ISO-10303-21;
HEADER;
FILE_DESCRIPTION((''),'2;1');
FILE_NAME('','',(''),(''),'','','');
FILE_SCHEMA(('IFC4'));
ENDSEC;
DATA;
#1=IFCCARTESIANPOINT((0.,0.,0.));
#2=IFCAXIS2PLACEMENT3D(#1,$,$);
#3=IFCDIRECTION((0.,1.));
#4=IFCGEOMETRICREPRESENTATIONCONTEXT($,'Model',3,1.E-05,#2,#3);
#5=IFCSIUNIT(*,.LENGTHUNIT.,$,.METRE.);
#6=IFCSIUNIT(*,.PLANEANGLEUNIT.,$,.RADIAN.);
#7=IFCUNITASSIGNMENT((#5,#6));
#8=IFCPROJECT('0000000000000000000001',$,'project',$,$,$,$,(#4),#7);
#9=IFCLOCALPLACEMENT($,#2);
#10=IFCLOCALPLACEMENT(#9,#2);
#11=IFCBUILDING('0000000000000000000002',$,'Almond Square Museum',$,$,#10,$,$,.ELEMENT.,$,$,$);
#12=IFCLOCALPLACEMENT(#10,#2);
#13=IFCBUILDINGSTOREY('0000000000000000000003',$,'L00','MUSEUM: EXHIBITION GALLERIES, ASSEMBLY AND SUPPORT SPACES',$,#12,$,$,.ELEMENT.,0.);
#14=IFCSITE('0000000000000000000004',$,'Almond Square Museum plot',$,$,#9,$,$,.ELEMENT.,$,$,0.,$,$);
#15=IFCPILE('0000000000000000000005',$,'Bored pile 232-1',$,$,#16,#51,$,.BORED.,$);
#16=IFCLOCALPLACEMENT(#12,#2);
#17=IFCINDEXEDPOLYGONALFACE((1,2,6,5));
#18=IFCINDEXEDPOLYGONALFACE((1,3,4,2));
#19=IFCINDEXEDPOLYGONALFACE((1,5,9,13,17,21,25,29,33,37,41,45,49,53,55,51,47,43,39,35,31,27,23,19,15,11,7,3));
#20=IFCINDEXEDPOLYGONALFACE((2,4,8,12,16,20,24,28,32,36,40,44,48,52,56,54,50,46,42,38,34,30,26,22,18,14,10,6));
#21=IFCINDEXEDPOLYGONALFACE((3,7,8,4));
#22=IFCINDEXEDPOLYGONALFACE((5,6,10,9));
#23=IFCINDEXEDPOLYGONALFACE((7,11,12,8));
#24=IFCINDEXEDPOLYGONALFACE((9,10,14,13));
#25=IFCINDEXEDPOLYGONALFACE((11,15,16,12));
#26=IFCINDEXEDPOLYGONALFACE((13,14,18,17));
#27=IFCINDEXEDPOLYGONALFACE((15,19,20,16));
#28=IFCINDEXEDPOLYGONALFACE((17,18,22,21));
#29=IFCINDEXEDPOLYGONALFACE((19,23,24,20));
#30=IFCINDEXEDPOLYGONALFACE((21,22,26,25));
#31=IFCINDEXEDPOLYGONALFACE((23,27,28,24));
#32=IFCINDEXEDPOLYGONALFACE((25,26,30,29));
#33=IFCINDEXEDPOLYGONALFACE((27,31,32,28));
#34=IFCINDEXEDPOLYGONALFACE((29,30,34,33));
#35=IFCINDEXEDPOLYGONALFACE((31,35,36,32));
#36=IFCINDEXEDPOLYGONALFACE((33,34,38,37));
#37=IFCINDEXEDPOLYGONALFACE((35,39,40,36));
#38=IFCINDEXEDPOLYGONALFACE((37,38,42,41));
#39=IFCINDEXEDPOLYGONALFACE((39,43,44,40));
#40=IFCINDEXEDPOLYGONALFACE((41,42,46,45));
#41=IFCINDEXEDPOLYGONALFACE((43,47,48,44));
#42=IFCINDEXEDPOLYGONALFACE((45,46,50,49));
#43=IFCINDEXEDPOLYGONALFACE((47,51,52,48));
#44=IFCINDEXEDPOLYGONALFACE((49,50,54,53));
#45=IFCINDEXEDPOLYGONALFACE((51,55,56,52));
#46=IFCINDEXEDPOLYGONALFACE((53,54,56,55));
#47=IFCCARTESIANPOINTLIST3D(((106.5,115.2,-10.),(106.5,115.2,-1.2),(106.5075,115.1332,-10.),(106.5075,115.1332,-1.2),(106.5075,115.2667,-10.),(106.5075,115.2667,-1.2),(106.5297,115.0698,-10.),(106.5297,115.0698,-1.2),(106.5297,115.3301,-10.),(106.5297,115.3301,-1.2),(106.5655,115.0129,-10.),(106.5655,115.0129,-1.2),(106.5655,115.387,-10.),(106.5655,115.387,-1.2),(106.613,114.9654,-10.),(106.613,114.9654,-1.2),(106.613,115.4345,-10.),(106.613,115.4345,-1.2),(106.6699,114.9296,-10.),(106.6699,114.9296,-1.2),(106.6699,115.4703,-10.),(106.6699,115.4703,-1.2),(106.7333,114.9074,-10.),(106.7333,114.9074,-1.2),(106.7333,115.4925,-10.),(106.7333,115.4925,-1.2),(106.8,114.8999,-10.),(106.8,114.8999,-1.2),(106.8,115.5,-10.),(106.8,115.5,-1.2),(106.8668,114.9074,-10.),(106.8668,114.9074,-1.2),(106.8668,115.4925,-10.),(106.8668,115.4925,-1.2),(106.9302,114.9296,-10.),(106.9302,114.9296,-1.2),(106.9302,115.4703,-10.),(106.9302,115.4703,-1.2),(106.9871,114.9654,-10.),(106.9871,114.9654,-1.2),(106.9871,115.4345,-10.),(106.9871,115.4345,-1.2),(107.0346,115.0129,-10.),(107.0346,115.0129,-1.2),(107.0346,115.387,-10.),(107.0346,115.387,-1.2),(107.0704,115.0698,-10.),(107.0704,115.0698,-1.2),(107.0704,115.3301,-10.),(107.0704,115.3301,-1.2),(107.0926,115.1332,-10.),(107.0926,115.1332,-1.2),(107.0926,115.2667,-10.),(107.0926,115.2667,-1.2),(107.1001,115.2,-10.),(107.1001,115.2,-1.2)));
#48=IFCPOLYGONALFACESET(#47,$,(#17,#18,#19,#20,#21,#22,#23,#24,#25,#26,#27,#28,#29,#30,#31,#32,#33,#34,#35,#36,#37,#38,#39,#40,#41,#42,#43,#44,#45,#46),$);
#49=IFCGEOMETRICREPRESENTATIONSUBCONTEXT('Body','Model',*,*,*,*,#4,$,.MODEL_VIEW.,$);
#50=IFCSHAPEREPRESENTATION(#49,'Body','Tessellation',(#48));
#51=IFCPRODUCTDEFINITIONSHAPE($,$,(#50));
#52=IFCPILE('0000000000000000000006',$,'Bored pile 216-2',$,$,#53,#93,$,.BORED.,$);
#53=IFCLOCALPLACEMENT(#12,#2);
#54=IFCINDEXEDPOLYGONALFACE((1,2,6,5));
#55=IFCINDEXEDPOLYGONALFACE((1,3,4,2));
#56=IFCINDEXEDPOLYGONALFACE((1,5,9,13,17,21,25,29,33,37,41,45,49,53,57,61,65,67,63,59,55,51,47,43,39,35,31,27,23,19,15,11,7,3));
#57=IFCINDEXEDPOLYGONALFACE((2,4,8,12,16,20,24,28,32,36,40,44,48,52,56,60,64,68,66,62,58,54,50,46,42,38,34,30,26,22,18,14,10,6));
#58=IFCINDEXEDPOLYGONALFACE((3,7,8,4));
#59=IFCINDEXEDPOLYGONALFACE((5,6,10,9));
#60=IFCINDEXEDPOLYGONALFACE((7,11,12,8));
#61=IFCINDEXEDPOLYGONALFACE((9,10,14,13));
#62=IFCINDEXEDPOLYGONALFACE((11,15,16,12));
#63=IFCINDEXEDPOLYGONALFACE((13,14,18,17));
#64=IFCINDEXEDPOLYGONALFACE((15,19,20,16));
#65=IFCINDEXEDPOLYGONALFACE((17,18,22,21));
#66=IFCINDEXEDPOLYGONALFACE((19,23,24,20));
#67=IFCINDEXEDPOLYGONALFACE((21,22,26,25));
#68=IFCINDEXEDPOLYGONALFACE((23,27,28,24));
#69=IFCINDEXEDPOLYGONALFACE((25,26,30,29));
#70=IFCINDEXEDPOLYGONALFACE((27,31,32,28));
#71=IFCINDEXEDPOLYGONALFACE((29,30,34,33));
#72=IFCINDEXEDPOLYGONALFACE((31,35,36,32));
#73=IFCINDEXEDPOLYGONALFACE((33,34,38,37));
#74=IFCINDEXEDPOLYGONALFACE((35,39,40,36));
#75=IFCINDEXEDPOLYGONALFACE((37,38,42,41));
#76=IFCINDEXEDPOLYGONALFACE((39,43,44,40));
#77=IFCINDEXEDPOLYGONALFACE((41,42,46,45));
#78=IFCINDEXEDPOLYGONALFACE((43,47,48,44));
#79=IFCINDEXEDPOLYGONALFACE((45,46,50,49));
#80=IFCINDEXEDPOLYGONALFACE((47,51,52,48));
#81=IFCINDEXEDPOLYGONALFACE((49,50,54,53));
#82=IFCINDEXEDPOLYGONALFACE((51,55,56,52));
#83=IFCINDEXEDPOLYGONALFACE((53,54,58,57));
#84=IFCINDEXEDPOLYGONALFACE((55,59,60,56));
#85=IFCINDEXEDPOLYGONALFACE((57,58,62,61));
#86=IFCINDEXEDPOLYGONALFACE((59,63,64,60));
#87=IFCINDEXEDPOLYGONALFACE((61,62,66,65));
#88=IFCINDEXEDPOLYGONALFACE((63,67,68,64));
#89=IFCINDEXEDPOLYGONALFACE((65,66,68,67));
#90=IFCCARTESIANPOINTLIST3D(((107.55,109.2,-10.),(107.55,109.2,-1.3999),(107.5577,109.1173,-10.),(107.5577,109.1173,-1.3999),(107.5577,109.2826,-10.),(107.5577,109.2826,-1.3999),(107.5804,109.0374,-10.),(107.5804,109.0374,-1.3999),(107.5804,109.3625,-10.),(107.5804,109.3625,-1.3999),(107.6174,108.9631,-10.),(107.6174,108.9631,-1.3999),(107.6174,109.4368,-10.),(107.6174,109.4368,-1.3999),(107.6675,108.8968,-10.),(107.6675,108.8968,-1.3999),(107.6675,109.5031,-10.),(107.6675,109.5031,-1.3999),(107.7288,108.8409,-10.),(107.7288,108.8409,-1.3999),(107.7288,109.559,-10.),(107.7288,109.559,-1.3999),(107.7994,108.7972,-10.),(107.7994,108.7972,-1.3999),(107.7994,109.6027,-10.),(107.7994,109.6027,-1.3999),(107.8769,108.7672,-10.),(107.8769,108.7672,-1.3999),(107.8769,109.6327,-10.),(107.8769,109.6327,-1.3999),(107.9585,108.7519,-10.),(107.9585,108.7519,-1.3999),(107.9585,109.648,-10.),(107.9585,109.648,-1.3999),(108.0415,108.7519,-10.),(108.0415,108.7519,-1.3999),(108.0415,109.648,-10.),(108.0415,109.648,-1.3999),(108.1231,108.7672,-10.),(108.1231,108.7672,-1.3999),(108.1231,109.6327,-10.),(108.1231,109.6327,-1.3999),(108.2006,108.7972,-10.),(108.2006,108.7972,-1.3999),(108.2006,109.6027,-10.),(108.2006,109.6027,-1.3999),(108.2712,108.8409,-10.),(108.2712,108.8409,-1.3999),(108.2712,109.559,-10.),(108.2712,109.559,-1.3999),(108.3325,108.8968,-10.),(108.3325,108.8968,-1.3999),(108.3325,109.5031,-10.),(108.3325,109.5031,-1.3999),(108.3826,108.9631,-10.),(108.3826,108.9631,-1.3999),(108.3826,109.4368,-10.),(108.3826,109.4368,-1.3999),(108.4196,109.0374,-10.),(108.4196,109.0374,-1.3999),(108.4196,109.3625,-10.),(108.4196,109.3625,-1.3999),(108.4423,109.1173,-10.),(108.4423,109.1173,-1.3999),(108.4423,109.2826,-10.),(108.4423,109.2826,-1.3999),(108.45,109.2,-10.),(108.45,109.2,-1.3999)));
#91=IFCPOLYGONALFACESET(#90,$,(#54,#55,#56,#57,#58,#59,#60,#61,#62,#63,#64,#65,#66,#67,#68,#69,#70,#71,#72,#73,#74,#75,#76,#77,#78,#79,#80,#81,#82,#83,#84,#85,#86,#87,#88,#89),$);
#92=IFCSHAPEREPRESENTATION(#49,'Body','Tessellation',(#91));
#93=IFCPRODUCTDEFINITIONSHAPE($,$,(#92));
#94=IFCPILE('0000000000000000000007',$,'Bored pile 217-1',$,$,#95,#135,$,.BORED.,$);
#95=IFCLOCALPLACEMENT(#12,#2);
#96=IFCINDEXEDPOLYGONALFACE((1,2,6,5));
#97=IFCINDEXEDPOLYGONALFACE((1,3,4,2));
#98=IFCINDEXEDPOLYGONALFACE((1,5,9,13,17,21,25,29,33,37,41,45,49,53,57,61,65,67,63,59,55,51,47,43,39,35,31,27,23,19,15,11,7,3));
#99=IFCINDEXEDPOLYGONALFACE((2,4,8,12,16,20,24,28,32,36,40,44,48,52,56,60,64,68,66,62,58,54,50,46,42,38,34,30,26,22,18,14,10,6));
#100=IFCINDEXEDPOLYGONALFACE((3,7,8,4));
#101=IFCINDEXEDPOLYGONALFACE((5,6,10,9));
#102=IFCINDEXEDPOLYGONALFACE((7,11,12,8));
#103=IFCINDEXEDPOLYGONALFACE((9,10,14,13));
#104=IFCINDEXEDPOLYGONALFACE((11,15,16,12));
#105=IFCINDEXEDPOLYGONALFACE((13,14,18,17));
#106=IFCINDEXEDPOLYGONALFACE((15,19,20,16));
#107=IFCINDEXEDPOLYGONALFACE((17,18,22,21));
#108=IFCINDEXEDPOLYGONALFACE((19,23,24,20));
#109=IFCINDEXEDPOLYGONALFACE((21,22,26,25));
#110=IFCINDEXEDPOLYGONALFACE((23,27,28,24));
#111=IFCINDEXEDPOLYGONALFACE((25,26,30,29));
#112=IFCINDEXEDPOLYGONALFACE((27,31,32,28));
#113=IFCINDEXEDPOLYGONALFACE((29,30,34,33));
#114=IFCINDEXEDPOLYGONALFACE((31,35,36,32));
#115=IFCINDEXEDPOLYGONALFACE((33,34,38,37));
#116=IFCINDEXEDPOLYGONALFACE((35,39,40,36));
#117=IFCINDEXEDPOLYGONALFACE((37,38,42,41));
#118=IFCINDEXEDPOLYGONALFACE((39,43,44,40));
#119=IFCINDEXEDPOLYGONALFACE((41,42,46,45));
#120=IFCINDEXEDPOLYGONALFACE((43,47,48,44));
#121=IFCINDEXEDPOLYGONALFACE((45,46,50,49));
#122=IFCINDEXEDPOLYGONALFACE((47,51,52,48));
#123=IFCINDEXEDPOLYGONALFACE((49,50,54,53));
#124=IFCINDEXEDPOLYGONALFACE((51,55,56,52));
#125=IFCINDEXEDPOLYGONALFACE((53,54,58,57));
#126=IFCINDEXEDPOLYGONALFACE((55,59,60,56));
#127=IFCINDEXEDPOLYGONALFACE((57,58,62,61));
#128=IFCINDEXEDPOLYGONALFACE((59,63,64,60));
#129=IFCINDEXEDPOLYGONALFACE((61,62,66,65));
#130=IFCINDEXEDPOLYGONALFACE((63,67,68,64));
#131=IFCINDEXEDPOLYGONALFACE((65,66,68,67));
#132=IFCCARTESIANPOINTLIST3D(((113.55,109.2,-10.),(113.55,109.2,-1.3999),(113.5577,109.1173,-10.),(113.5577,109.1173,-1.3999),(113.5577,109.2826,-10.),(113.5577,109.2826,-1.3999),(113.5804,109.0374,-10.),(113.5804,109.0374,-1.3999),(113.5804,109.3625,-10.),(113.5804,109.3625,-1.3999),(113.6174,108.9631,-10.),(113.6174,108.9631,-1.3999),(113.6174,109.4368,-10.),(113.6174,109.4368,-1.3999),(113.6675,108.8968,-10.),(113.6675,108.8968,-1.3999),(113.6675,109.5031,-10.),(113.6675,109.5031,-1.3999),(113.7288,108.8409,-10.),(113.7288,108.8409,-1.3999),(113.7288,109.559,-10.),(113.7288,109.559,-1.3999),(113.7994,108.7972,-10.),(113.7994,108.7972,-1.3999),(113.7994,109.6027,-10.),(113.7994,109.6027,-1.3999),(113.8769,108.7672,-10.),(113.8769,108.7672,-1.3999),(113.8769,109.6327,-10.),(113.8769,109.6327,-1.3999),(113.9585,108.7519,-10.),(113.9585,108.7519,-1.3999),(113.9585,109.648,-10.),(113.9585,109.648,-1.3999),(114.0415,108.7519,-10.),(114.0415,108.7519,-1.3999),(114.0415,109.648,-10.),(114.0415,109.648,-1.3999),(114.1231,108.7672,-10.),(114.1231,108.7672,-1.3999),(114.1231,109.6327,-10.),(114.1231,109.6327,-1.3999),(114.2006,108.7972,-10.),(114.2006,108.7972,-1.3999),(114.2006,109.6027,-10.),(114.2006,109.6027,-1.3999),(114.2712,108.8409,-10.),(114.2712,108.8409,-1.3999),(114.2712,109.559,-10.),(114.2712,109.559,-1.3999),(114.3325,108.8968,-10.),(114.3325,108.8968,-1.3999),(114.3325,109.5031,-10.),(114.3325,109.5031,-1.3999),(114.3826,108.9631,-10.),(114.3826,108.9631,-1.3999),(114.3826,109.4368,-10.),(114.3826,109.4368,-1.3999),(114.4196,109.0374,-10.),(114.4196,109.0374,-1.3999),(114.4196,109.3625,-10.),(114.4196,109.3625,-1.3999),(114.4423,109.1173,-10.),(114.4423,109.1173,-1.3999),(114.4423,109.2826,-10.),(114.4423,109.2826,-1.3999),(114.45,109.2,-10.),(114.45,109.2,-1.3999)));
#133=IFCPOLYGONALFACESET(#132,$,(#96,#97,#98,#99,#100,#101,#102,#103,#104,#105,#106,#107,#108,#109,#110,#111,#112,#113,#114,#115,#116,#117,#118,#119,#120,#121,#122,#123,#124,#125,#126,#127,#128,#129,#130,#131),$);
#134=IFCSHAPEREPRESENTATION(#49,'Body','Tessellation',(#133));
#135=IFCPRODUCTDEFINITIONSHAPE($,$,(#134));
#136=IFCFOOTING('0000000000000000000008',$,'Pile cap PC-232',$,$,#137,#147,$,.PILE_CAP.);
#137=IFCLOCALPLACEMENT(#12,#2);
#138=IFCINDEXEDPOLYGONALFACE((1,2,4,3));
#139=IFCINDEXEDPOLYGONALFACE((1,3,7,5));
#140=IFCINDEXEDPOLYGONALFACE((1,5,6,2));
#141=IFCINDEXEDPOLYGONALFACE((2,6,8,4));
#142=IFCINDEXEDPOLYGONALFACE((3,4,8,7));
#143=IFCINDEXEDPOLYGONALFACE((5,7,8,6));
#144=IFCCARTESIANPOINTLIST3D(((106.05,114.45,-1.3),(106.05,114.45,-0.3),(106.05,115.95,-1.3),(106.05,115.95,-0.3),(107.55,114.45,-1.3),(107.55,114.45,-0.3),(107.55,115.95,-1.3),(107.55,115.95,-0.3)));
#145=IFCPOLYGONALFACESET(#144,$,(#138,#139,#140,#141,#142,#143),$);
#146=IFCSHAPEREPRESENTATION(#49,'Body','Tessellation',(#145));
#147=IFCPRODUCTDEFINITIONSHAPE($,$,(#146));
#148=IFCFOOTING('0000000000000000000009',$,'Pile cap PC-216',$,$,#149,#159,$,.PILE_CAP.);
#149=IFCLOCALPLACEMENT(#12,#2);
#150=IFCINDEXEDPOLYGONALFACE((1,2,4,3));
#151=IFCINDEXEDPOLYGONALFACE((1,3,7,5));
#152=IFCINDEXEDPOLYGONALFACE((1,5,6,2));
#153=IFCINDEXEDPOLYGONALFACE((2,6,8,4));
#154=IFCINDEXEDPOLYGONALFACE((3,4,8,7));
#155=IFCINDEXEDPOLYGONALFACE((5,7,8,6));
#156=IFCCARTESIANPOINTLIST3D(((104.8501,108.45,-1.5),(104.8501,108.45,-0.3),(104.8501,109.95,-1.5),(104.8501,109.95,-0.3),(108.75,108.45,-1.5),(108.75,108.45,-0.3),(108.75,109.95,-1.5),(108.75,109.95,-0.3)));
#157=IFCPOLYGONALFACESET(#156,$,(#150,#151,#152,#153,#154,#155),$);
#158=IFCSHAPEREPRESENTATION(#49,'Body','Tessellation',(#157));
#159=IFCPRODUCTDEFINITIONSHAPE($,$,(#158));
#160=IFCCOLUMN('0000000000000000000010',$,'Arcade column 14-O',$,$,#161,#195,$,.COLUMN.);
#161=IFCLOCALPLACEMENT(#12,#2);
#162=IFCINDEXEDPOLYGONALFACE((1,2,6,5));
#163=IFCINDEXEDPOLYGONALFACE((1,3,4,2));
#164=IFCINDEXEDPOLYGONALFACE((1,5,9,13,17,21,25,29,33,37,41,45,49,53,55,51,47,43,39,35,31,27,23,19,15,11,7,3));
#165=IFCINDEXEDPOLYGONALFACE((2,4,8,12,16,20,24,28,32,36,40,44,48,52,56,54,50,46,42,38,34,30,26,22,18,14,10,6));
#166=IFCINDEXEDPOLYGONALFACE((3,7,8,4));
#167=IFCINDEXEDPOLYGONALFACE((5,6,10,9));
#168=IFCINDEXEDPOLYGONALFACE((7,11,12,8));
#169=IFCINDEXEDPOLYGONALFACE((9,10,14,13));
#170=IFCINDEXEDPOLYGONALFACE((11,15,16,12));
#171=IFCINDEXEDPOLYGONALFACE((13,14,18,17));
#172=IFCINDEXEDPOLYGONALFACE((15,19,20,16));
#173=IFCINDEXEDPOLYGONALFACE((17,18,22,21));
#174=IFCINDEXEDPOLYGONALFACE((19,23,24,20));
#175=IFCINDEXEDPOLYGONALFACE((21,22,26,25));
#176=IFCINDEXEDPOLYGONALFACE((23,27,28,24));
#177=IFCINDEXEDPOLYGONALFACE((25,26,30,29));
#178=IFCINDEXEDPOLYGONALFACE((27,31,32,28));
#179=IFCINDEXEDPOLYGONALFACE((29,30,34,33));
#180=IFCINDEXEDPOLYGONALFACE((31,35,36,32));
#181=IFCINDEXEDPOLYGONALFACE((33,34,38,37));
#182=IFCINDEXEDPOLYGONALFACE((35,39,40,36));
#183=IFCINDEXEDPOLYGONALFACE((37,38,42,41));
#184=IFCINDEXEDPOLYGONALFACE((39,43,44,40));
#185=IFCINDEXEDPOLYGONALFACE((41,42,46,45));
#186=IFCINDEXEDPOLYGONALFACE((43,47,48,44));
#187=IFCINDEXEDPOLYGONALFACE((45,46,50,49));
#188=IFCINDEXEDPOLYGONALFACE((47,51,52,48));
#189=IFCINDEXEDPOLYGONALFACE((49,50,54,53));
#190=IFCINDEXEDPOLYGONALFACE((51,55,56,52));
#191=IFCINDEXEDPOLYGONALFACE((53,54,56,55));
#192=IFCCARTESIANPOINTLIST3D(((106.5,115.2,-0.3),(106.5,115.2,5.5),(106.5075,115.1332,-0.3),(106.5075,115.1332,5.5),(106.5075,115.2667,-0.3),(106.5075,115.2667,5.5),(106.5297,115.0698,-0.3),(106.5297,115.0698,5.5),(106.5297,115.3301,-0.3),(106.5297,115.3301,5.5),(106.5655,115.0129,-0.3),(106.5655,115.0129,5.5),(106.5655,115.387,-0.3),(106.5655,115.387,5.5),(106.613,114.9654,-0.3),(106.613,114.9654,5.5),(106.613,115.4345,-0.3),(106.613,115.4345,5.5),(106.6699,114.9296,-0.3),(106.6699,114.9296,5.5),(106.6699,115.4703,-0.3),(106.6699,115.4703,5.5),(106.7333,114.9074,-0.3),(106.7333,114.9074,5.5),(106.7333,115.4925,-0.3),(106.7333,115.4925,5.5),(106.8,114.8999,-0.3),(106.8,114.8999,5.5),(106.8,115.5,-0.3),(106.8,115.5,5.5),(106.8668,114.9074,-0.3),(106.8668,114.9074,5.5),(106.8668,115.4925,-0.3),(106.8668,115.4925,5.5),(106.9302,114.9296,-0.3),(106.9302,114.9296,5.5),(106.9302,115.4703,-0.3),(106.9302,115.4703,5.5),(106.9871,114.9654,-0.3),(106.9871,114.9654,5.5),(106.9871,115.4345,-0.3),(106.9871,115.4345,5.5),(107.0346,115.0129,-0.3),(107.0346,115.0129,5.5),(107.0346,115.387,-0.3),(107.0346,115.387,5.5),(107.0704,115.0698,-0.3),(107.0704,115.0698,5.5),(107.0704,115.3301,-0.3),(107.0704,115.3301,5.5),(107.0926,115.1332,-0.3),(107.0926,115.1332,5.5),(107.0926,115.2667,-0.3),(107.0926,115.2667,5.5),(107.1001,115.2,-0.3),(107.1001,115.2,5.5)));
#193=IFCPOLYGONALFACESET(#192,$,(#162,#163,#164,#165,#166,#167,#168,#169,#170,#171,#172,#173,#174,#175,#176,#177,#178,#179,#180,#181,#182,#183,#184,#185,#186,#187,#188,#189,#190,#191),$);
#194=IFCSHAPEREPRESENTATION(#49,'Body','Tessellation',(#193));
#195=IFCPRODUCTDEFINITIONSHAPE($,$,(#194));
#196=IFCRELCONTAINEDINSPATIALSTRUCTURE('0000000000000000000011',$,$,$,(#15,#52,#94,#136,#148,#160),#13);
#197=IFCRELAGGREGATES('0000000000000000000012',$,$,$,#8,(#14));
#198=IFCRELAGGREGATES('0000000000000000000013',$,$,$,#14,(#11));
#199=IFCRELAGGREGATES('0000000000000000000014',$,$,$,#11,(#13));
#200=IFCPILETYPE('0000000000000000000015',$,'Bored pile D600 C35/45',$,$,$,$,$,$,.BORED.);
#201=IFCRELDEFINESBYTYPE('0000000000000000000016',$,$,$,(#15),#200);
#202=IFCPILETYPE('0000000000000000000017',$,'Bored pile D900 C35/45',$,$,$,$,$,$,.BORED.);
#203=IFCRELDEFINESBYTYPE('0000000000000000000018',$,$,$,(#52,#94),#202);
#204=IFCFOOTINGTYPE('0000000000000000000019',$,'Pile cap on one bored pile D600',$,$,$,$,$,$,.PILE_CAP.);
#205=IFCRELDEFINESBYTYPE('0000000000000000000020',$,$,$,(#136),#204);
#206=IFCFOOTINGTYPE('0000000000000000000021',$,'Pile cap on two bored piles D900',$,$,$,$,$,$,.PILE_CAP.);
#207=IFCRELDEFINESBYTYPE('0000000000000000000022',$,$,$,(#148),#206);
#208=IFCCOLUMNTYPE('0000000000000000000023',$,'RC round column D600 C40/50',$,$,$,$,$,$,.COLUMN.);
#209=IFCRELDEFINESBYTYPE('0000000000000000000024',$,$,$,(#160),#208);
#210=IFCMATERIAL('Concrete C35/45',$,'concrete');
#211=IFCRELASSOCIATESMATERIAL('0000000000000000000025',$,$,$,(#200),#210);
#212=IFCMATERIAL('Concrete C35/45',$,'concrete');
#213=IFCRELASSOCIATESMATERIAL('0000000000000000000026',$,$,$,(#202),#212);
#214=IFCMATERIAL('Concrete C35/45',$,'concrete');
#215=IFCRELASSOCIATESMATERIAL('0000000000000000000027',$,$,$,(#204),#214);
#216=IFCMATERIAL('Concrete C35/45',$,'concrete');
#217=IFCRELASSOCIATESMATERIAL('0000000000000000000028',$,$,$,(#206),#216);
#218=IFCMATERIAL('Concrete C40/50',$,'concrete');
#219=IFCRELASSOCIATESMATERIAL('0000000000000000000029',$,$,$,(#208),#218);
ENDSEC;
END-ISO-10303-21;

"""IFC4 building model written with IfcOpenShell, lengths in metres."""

from ifc_helpers import new_model, si_unit, direction, frame, origin, origin_2d, place, context, subcontext, project, spatial, rectangle, circle, extrude, material, material_profile, profile_set, type_object, element, save


model = new_model("IFC4")

# Units and contexts
model_context = context("Model", 3, precision=1e-05, world=origin(), true_north=direction((0.0, 1.0)))
body_context = subcontext(model_context, "Body", "Model", "MODEL_VIEW")
ifc_project = project(units=[si_unit("LENGTHUNIT", "METRE"), si_unit("PLANEANGLEUNIT", "RADIAN")], contexts=[model_context])

# Site, building, storey
site_placement = place(None, origin())
site = spatial("IfcSite", under=ifc_project, at=site_placement, Name="Almond Square Museum plot", CompositionType="ELEMENT", RefElevation=0.0)
building_placement = place(site_placement, origin())
building = spatial("IfcBuilding", under=site, at=building_placement, Name="Almond Square Museum", CompositionType="ELEMENT")
storey_placement = place(building_placement, origin())
storey = spatial("IfcBuildingStorey", under=building, at=storey_placement, Name="L00", Description="MUSEUM: EXHIBITION GALLERIES, ASSEMBLY AND SUPPORT SPACES", CompositionType="ELEMENT", Elevation=0.0)

# Piles
ifc_material_1 = material(Name="Concrete C35/45", Category="concrete")
ifc_material_profile_1 = material_profile(ifc_material_1, circle(Radius=0.3, at=origin_2d()))
ifc_profile_set_1 = profile_set([ifc_material_profile_1], Name="Concrete C35/45")
pile_type_1 = type_object("IfcPileType", Name="Bored pile D600 C35/45", PredefinedType="BORED", material=ifc_profile_set_1)
pile_placement = place(storey_placement, frame((106.8, 115.2, -1.2), z_axis=(0.0, 0.0, -1.0), x_axis=(1.0, 0.0, 0.0)))
element("IfcPile", 1, at=pile_placement, inside=storey, type_object=pile_type_1, Name="Bored pile 232-1", PredefinedType="BORED", context=body_context, shape_type="SweptSolid", body=[
    extrude(circle(Radius=0.3, at=origin_2d()), origin(), (0.0, 0.0, 1.0), 8.8),
])
ifc_material_2 = material(Name="Concrete C35/45", Category="concrete")
ifc_material_profile_2 = material_profile(ifc_material_2, circle(Radius=0.45, at=origin_2d()))
ifc_profile_set_2 = profile_set([ifc_material_profile_2], Name="Concrete C35/45")
pile_type_2 = type_object("IfcPileType", Name="Bored pile D900 C35/45", PredefinedType="BORED", material=ifc_profile_set_2)
for number, where, z_axis, x_axis, name in (
    (2, (108.0, 109.2, -1.3999), (0.0, 0.0, -1.0), (1.0, 0.0, 0.0), "Bored pile 216-2"),
    (3, (114.0, 109.2, -1.3999), (0.0, 0.0, -1.0), (1.0, 0.0, 0.0), "Bored pile 217-1"),
):
    element("IfcPile", number, at=place(storey_placement, frame(where, z_axis=z_axis, x_axis=x_axis)), inside=storey, type_object=pile_type_2, Name=name, PredefinedType="BORED", context=body_context, shape_type="SweptSolid", body=[
        extrude(circle(Radius=0.45, at=origin_2d()), origin(), (0.0, 0.0, 1.0), 8.6001),
    ])

# Footings
ifc_material_3 = material(Name="Concrete C35/45", Category="concrete")
footing_type_1 = type_object("IfcFootingType", Name="Pile cap on one bored pile D600", PredefinedType="PILE_CAP", material=ifc_material_3)
footing_1_placement = place(storey_placement, frame((106.8, 115.2, -1.3), z_axis=(0.0, 0.0, 1.0), x_axis=(1.0, 0.0, 0.0)))
element("IfcFooting", 4, at=footing_1_placement, inside=storey, type_object=footing_type_1, Name="Pile cap PC-232", PredefinedType="PILE_CAP", context=body_context, shape_type="SweptSolid", body=[
    extrude(rectangle(XDim=1.5, YDim=1.5, at=origin_2d()), origin(), (0.0, 0.0, 1.0), 1.0),
])
ifc_material_4 = material(Name="Concrete C35/45", Category="concrete")
footing_type_2 = type_object("IfcFootingType", Name="Pile cap on two bored piles D900", PredefinedType="PILE_CAP", material=ifc_material_4)
footing_2_placement = place(storey_placement, frame((106.8, 109.2, -1.5), z_axis=(0.0, 0.0, 1.0), x_axis=(1.0, 0.0, 0.0)))
element("IfcFooting", 5, at=footing_2_placement, inside=storey, type_object=footing_type_2, Name="Pile cap PC-216", PredefinedType="PILE_CAP", context=body_context, shape_type="SweptSolid", body=[
    extrude(rectangle(XDim=3.8999, YDim=1.5, at=origin_2d()), origin(), (0.0, 0.0, 1.0), 1.2),
])

# Column
ifc_material_5 = material(Name="Concrete C40/50", Category="concrete")
ifc_material_profile_3 = material_profile(ifc_material_5, circle(Radius=0.3, at=origin_2d()))
ifc_profile_set_3 = profile_set([ifc_material_profile_3], Name="Concrete C40/50")
column_type = type_object("IfcColumnType", Name="RC round column D600 C40/50", PredefinedType="COLUMN", material=ifc_profile_set_3)
column_placement = place(storey_placement, frame((106.8, 115.2, -0.3), z_axis=(0.0, 0.0, 1.0), x_axis=(1.0, 0.0, 0.0)))
element("IfcColumn", 6, at=column_placement, inside=storey, type_object=column_type, Name="Arcade column 14-O", PredefinedType="COLUMN", context=body_context, shape_type="SweptSolid", body=[
    extrude(circle(Radius=0.3, at=origin_2d()), origin(), (0.0, 0.0, 1.0), 5.8),
])

save(model, "model.ifc")
